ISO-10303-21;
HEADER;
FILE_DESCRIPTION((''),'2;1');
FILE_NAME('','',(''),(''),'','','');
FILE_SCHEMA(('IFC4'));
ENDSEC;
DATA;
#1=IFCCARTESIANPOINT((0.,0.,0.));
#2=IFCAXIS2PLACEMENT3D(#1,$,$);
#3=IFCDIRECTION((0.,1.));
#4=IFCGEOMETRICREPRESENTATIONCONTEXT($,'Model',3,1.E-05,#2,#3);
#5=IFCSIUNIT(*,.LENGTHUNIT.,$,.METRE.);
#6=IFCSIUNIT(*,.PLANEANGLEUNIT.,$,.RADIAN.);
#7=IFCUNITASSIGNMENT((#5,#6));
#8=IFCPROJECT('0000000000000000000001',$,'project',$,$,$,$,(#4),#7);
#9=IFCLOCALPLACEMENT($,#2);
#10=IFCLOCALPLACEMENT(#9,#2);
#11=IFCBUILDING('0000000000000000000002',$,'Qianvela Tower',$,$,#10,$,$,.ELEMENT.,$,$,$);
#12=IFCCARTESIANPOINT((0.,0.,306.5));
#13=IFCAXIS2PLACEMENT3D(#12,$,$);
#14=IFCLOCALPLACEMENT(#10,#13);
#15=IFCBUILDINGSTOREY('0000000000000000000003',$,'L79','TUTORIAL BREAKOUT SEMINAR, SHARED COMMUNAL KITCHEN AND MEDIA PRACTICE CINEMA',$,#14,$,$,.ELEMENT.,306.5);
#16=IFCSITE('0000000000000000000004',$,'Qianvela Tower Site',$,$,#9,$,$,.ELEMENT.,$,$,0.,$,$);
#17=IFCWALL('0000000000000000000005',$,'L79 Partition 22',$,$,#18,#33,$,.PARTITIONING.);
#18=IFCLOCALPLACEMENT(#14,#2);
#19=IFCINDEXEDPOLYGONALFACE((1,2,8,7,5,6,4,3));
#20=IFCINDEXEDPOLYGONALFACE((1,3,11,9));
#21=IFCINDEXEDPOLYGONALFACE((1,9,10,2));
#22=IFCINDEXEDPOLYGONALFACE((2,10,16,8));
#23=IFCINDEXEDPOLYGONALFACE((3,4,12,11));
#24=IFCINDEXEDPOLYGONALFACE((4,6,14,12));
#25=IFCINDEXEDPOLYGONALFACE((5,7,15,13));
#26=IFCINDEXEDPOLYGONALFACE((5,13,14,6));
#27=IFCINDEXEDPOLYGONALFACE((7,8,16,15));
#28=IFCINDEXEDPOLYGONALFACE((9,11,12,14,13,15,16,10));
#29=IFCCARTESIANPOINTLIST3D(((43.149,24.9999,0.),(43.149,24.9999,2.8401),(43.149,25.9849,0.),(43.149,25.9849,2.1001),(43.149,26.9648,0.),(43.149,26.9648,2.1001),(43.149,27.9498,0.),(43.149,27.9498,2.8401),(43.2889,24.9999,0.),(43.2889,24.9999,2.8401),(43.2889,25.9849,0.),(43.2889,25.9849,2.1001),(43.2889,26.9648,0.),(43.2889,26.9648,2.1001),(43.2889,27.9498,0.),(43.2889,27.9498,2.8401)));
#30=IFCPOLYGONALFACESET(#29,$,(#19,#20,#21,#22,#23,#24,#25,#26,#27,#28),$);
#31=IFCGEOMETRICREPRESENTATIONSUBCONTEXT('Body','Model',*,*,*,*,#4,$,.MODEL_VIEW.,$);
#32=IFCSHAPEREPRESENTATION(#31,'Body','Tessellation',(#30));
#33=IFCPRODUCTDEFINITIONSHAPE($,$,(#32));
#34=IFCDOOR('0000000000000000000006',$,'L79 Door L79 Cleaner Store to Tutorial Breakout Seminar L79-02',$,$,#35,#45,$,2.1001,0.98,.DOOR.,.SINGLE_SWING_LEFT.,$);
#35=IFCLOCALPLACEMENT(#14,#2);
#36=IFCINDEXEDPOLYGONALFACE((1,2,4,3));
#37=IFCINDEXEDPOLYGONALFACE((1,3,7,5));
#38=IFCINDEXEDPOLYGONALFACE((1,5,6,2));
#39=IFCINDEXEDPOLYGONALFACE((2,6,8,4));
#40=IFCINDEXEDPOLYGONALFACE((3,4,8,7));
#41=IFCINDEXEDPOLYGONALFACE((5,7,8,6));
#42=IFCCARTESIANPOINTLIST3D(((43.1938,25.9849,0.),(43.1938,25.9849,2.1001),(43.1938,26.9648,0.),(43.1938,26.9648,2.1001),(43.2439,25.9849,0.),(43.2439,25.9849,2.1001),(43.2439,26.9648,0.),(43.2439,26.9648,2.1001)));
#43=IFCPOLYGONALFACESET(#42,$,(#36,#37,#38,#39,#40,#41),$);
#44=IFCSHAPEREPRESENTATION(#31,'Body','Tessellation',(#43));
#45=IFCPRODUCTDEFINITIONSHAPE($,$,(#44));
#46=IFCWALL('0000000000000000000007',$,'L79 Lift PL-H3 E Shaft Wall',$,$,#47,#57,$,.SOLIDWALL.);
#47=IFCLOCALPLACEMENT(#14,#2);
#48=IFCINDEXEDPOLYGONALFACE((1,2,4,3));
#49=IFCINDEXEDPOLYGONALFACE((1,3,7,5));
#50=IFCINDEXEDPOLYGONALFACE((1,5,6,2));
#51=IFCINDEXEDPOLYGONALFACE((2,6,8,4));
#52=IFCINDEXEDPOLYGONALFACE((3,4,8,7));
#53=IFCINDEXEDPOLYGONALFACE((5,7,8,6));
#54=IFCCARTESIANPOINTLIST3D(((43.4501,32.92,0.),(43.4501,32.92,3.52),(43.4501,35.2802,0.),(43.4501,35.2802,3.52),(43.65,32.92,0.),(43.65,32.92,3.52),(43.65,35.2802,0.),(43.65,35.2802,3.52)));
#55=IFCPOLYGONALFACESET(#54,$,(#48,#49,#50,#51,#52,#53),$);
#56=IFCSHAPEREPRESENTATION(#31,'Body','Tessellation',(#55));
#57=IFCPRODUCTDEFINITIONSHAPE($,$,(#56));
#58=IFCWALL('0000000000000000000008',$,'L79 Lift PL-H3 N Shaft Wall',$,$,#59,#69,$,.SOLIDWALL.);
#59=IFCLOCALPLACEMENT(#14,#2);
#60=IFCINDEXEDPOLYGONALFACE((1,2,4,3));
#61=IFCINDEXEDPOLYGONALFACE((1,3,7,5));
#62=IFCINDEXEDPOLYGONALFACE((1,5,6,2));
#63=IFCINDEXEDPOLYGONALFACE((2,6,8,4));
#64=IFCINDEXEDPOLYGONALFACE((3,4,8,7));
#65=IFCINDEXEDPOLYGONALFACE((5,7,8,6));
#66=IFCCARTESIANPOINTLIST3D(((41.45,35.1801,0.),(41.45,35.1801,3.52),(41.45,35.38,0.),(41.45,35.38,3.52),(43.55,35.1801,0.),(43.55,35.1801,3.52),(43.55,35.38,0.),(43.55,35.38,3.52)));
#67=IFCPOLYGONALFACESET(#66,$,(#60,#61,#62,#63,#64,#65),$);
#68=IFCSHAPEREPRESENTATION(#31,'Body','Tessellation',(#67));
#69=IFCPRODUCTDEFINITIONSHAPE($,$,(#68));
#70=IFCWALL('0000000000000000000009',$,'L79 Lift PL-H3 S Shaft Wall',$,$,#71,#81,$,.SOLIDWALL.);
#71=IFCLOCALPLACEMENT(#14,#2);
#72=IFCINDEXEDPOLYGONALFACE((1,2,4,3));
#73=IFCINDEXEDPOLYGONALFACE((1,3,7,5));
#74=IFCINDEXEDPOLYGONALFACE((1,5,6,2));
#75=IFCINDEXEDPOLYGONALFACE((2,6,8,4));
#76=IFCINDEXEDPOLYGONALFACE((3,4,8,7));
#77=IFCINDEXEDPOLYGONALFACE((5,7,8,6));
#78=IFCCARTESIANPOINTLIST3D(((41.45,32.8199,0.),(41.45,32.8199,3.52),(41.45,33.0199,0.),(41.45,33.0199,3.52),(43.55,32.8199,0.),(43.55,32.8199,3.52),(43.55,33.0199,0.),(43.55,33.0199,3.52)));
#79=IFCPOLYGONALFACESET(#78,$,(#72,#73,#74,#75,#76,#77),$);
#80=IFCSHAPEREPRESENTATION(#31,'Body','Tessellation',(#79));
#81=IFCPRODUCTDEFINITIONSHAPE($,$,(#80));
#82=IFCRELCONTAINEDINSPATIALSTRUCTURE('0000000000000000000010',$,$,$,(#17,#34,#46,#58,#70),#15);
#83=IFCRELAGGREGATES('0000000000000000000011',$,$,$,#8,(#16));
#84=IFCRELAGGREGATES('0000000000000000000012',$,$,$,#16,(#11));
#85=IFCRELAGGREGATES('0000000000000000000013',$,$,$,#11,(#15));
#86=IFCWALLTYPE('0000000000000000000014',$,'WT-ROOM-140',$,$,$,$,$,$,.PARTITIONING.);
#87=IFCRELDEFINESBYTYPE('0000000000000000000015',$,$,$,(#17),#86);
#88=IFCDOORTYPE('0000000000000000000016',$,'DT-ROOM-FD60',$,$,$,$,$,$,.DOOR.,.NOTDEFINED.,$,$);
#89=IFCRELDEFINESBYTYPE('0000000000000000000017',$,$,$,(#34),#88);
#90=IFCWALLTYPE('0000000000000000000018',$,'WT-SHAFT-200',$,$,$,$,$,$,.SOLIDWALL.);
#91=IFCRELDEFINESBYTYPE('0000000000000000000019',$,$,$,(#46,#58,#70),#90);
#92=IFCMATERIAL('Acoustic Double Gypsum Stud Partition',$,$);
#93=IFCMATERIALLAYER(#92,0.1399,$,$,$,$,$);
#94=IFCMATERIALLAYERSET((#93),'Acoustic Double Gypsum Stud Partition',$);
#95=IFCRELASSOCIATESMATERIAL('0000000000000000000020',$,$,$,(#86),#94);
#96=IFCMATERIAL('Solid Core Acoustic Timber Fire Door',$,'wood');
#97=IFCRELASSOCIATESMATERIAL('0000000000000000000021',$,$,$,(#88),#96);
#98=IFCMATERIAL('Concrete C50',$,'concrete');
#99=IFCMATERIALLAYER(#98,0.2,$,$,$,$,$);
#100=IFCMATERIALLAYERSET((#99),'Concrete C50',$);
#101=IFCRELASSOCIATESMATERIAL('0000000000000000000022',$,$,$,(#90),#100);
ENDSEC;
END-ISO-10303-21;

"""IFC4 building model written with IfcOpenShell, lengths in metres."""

from ifc_helpers import new_model, si_unit, direction, frame, frame_2d, origin, place, context, subcontext, project, spatial, rectangle, extrude, material, layer, layer_set, type_object, element, fill, save


model = new_model("IFC4")

# Units and contexts
model_context = context("Model", 3, precision=1e-05, world=origin(), true_north=direction((0.0, 1.0)))
body_context = subcontext(model_context, "Body", "Model", "MODEL_VIEW")
ifc_project = project(units=[si_unit("LENGTHUNIT", "METRE"), si_unit("PLANEANGLEUNIT", "RADIAN")], contexts=[model_context])

# Site, building, storey
site_placement = place(None, origin())
site = spatial("IfcSite", under=ifc_project, at=site_placement, Name="Qianvela Tower Site", CompositionType="ELEMENT", RefElevation=0.0)
building_placement = place(site_placement, origin())
building = spatial("IfcBuilding", under=site, at=building_placement, Name="Qianvela Tower", CompositionType="ELEMENT")
storey_placement = place(building_placement, frame((0.0, 0.0, 306.5)))
storey = spatial("IfcBuildingStorey", under=building, at=storey_placement, Name="L79", Description="TUTORIAL BREAKOUT SEMINAR, SHARED COMMUNAL KITCHEN AND MEDIA PRACTICE CINEMA", CompositionType="ELEMENT", Elevation=306.5)

# Wall, opening, door
ifc_material_1 = material(Name="Acoustic Double Gypsum Stud Partition")
ifc_layer_1 = layer(ifc_material_1, 0.1399)
ifc_layer_set_1 = layer_set([ifc_layer_1], Name="Acoustic Double Gypsum Stud Partition")
wall_type_1 = type_object("IfcWallType", Name="WT-ROOM-140", PredefinedType="PARTITIONING", material=ifc_layer_set_1)
wall_1_placement = place(storey_placement, frame((43.219, 27.95, 0.0), z_axis=(0.0, 0.0, 1.0), x_axis=(0.0, -1.0, 0.0)))
wall_1 = element("IfcWall", 1, at=wall_1_placement, inside=storey, type_object=wall_type_1, Name="L79 Partition 22", PredefinedType="PARTITIONING", context=body_context, shape_type="SweptSolid", body=[
    extrude(rectangle(XDim=2.95, YDim=0.1399, at=frame_2d((1.4751, 0.0))), origin(), (0.0, 0.0, 1.0), 2.8401),
])
opening_1_placement = place(wall_1_placement, frame((0.9851, 0.0, 0.0)))
opening_1 = element("IfcOpeningElement", 2, at=opening_1_placement, cuts=wall_1, PredefinedType="OPENING", context=body_context, shape_type="SweptSolid", body=[
    extrude(rectangle(XDim=0.98, YDim=2.1001, at=frame_2d((0.49, 1.05))), frame((0.0, 0.0798, 0.0), z_axis=(0.0, -1.0, 0.0), x_axis=(1.0, 0.0, 0.0)), (0.0, 0.0, 1.0), 0.1599),
])
ifc_material_2 = material(Name="Solid Core Acoustic Timber Fire Door", Category="wood")
door_type_1 = type_object("IfcDoorType", Name="DT-ROOM-FD60", OperationType="NOTDEFINED", PredefinedType="DOOR", material=ifc_material_2)
door_1_placement = place(opening_1_placement, origin())
door_1 = element("IfcDoor", 3, at=door_1_placement, inside=storey, type_object=door_type_1, Name="L79 Door L79 Cleaner Store to Tutorial Breakout Seminar L79-02", OperationType="SINGLE_SWING_LEFT", OverallHeight=2.1001, OverallWidth=0.98, PredefinedType="DOOR", context=body_context, shape_type="SweptSolid", body=[
    extrude(rectangle(XDim=0.98, YDim=2.1001, at=frame_2d((0.49, 1.05))), frame((0.0, 0.0249, 0.0), z_axis=(0.0, -1.0, 0.0), x_axis=(1.0, 0.0, 0.0)), (0.0, 0.0, 1.0), 0.05),
])
fill(opening_1, door_1)
ifc_material_3 = material(Name="Concrete C50", Category="concrete")
ifc_layer_2 = layer(ifc_material_3, 0.2)
ifc_layer_set_2 = layer_set([ifc_layer_2], Name="Concrete C50")
wall_type_2 = type_object("IfcWallType", Name="WT-SHAFT-200", PredefinedType="SOLIDWALL", material=ifc_layer_set_2)

# Wall
wall_2_placement = place(storey_placement, frame((43.55, 32.9199, 0.0), z_axis=(0.0, 0.0, 1.0), x_axis=(0.0, 1.0, 0.0)))
element("IfcWall", 4, at=wall_2_placement, inside=storey, type_object=wall_type_2, Name="L79 Lift PL-H3 E Shaft Wall", PredefinedType="SOLIDWALL", context=body_context, shape_type="SweptSolid", body=[
    extrude(rectangle(XDim=2.3601, YDim=0.2, at=frame_2d((1.1802, 0.0))), origin(), (0.0, 0.0, 1.0), 3.52),
])

# Walls
for number, where, z_axis, x_axis, name in (
    (5, (41.45, 35.28, 0.0), (0.0, 0.0, 1.0), (1.0, 0.0, 0.0), "L79 Lift PL-H3 N Shaft Wall"),
    (6, (41.45, 32.9199, 0.0), (0.0, 0.0, 1.0), (1.0, 0.0, 0.0), "L79 Lift PL-H3 S Shaft Wall"),
):
    element("IfcWall", number, at=place(storey_placement, frame(where, z_axis=z_axis, x_axis=x_axis)), inside=storey, type_object=wall_type_2, Name=name, PredefinedType="SOLIDWALL", context=body_context, shape_type="SweptSolid", body=[
        extrude(rectangle(XDim=2.1001, YDim=0.2, at=frame_2d((1.05, 0.0))), origin(), (0.0, 0.0, 1.0), 3.52),
    ])

save(model, "model.ifc")
